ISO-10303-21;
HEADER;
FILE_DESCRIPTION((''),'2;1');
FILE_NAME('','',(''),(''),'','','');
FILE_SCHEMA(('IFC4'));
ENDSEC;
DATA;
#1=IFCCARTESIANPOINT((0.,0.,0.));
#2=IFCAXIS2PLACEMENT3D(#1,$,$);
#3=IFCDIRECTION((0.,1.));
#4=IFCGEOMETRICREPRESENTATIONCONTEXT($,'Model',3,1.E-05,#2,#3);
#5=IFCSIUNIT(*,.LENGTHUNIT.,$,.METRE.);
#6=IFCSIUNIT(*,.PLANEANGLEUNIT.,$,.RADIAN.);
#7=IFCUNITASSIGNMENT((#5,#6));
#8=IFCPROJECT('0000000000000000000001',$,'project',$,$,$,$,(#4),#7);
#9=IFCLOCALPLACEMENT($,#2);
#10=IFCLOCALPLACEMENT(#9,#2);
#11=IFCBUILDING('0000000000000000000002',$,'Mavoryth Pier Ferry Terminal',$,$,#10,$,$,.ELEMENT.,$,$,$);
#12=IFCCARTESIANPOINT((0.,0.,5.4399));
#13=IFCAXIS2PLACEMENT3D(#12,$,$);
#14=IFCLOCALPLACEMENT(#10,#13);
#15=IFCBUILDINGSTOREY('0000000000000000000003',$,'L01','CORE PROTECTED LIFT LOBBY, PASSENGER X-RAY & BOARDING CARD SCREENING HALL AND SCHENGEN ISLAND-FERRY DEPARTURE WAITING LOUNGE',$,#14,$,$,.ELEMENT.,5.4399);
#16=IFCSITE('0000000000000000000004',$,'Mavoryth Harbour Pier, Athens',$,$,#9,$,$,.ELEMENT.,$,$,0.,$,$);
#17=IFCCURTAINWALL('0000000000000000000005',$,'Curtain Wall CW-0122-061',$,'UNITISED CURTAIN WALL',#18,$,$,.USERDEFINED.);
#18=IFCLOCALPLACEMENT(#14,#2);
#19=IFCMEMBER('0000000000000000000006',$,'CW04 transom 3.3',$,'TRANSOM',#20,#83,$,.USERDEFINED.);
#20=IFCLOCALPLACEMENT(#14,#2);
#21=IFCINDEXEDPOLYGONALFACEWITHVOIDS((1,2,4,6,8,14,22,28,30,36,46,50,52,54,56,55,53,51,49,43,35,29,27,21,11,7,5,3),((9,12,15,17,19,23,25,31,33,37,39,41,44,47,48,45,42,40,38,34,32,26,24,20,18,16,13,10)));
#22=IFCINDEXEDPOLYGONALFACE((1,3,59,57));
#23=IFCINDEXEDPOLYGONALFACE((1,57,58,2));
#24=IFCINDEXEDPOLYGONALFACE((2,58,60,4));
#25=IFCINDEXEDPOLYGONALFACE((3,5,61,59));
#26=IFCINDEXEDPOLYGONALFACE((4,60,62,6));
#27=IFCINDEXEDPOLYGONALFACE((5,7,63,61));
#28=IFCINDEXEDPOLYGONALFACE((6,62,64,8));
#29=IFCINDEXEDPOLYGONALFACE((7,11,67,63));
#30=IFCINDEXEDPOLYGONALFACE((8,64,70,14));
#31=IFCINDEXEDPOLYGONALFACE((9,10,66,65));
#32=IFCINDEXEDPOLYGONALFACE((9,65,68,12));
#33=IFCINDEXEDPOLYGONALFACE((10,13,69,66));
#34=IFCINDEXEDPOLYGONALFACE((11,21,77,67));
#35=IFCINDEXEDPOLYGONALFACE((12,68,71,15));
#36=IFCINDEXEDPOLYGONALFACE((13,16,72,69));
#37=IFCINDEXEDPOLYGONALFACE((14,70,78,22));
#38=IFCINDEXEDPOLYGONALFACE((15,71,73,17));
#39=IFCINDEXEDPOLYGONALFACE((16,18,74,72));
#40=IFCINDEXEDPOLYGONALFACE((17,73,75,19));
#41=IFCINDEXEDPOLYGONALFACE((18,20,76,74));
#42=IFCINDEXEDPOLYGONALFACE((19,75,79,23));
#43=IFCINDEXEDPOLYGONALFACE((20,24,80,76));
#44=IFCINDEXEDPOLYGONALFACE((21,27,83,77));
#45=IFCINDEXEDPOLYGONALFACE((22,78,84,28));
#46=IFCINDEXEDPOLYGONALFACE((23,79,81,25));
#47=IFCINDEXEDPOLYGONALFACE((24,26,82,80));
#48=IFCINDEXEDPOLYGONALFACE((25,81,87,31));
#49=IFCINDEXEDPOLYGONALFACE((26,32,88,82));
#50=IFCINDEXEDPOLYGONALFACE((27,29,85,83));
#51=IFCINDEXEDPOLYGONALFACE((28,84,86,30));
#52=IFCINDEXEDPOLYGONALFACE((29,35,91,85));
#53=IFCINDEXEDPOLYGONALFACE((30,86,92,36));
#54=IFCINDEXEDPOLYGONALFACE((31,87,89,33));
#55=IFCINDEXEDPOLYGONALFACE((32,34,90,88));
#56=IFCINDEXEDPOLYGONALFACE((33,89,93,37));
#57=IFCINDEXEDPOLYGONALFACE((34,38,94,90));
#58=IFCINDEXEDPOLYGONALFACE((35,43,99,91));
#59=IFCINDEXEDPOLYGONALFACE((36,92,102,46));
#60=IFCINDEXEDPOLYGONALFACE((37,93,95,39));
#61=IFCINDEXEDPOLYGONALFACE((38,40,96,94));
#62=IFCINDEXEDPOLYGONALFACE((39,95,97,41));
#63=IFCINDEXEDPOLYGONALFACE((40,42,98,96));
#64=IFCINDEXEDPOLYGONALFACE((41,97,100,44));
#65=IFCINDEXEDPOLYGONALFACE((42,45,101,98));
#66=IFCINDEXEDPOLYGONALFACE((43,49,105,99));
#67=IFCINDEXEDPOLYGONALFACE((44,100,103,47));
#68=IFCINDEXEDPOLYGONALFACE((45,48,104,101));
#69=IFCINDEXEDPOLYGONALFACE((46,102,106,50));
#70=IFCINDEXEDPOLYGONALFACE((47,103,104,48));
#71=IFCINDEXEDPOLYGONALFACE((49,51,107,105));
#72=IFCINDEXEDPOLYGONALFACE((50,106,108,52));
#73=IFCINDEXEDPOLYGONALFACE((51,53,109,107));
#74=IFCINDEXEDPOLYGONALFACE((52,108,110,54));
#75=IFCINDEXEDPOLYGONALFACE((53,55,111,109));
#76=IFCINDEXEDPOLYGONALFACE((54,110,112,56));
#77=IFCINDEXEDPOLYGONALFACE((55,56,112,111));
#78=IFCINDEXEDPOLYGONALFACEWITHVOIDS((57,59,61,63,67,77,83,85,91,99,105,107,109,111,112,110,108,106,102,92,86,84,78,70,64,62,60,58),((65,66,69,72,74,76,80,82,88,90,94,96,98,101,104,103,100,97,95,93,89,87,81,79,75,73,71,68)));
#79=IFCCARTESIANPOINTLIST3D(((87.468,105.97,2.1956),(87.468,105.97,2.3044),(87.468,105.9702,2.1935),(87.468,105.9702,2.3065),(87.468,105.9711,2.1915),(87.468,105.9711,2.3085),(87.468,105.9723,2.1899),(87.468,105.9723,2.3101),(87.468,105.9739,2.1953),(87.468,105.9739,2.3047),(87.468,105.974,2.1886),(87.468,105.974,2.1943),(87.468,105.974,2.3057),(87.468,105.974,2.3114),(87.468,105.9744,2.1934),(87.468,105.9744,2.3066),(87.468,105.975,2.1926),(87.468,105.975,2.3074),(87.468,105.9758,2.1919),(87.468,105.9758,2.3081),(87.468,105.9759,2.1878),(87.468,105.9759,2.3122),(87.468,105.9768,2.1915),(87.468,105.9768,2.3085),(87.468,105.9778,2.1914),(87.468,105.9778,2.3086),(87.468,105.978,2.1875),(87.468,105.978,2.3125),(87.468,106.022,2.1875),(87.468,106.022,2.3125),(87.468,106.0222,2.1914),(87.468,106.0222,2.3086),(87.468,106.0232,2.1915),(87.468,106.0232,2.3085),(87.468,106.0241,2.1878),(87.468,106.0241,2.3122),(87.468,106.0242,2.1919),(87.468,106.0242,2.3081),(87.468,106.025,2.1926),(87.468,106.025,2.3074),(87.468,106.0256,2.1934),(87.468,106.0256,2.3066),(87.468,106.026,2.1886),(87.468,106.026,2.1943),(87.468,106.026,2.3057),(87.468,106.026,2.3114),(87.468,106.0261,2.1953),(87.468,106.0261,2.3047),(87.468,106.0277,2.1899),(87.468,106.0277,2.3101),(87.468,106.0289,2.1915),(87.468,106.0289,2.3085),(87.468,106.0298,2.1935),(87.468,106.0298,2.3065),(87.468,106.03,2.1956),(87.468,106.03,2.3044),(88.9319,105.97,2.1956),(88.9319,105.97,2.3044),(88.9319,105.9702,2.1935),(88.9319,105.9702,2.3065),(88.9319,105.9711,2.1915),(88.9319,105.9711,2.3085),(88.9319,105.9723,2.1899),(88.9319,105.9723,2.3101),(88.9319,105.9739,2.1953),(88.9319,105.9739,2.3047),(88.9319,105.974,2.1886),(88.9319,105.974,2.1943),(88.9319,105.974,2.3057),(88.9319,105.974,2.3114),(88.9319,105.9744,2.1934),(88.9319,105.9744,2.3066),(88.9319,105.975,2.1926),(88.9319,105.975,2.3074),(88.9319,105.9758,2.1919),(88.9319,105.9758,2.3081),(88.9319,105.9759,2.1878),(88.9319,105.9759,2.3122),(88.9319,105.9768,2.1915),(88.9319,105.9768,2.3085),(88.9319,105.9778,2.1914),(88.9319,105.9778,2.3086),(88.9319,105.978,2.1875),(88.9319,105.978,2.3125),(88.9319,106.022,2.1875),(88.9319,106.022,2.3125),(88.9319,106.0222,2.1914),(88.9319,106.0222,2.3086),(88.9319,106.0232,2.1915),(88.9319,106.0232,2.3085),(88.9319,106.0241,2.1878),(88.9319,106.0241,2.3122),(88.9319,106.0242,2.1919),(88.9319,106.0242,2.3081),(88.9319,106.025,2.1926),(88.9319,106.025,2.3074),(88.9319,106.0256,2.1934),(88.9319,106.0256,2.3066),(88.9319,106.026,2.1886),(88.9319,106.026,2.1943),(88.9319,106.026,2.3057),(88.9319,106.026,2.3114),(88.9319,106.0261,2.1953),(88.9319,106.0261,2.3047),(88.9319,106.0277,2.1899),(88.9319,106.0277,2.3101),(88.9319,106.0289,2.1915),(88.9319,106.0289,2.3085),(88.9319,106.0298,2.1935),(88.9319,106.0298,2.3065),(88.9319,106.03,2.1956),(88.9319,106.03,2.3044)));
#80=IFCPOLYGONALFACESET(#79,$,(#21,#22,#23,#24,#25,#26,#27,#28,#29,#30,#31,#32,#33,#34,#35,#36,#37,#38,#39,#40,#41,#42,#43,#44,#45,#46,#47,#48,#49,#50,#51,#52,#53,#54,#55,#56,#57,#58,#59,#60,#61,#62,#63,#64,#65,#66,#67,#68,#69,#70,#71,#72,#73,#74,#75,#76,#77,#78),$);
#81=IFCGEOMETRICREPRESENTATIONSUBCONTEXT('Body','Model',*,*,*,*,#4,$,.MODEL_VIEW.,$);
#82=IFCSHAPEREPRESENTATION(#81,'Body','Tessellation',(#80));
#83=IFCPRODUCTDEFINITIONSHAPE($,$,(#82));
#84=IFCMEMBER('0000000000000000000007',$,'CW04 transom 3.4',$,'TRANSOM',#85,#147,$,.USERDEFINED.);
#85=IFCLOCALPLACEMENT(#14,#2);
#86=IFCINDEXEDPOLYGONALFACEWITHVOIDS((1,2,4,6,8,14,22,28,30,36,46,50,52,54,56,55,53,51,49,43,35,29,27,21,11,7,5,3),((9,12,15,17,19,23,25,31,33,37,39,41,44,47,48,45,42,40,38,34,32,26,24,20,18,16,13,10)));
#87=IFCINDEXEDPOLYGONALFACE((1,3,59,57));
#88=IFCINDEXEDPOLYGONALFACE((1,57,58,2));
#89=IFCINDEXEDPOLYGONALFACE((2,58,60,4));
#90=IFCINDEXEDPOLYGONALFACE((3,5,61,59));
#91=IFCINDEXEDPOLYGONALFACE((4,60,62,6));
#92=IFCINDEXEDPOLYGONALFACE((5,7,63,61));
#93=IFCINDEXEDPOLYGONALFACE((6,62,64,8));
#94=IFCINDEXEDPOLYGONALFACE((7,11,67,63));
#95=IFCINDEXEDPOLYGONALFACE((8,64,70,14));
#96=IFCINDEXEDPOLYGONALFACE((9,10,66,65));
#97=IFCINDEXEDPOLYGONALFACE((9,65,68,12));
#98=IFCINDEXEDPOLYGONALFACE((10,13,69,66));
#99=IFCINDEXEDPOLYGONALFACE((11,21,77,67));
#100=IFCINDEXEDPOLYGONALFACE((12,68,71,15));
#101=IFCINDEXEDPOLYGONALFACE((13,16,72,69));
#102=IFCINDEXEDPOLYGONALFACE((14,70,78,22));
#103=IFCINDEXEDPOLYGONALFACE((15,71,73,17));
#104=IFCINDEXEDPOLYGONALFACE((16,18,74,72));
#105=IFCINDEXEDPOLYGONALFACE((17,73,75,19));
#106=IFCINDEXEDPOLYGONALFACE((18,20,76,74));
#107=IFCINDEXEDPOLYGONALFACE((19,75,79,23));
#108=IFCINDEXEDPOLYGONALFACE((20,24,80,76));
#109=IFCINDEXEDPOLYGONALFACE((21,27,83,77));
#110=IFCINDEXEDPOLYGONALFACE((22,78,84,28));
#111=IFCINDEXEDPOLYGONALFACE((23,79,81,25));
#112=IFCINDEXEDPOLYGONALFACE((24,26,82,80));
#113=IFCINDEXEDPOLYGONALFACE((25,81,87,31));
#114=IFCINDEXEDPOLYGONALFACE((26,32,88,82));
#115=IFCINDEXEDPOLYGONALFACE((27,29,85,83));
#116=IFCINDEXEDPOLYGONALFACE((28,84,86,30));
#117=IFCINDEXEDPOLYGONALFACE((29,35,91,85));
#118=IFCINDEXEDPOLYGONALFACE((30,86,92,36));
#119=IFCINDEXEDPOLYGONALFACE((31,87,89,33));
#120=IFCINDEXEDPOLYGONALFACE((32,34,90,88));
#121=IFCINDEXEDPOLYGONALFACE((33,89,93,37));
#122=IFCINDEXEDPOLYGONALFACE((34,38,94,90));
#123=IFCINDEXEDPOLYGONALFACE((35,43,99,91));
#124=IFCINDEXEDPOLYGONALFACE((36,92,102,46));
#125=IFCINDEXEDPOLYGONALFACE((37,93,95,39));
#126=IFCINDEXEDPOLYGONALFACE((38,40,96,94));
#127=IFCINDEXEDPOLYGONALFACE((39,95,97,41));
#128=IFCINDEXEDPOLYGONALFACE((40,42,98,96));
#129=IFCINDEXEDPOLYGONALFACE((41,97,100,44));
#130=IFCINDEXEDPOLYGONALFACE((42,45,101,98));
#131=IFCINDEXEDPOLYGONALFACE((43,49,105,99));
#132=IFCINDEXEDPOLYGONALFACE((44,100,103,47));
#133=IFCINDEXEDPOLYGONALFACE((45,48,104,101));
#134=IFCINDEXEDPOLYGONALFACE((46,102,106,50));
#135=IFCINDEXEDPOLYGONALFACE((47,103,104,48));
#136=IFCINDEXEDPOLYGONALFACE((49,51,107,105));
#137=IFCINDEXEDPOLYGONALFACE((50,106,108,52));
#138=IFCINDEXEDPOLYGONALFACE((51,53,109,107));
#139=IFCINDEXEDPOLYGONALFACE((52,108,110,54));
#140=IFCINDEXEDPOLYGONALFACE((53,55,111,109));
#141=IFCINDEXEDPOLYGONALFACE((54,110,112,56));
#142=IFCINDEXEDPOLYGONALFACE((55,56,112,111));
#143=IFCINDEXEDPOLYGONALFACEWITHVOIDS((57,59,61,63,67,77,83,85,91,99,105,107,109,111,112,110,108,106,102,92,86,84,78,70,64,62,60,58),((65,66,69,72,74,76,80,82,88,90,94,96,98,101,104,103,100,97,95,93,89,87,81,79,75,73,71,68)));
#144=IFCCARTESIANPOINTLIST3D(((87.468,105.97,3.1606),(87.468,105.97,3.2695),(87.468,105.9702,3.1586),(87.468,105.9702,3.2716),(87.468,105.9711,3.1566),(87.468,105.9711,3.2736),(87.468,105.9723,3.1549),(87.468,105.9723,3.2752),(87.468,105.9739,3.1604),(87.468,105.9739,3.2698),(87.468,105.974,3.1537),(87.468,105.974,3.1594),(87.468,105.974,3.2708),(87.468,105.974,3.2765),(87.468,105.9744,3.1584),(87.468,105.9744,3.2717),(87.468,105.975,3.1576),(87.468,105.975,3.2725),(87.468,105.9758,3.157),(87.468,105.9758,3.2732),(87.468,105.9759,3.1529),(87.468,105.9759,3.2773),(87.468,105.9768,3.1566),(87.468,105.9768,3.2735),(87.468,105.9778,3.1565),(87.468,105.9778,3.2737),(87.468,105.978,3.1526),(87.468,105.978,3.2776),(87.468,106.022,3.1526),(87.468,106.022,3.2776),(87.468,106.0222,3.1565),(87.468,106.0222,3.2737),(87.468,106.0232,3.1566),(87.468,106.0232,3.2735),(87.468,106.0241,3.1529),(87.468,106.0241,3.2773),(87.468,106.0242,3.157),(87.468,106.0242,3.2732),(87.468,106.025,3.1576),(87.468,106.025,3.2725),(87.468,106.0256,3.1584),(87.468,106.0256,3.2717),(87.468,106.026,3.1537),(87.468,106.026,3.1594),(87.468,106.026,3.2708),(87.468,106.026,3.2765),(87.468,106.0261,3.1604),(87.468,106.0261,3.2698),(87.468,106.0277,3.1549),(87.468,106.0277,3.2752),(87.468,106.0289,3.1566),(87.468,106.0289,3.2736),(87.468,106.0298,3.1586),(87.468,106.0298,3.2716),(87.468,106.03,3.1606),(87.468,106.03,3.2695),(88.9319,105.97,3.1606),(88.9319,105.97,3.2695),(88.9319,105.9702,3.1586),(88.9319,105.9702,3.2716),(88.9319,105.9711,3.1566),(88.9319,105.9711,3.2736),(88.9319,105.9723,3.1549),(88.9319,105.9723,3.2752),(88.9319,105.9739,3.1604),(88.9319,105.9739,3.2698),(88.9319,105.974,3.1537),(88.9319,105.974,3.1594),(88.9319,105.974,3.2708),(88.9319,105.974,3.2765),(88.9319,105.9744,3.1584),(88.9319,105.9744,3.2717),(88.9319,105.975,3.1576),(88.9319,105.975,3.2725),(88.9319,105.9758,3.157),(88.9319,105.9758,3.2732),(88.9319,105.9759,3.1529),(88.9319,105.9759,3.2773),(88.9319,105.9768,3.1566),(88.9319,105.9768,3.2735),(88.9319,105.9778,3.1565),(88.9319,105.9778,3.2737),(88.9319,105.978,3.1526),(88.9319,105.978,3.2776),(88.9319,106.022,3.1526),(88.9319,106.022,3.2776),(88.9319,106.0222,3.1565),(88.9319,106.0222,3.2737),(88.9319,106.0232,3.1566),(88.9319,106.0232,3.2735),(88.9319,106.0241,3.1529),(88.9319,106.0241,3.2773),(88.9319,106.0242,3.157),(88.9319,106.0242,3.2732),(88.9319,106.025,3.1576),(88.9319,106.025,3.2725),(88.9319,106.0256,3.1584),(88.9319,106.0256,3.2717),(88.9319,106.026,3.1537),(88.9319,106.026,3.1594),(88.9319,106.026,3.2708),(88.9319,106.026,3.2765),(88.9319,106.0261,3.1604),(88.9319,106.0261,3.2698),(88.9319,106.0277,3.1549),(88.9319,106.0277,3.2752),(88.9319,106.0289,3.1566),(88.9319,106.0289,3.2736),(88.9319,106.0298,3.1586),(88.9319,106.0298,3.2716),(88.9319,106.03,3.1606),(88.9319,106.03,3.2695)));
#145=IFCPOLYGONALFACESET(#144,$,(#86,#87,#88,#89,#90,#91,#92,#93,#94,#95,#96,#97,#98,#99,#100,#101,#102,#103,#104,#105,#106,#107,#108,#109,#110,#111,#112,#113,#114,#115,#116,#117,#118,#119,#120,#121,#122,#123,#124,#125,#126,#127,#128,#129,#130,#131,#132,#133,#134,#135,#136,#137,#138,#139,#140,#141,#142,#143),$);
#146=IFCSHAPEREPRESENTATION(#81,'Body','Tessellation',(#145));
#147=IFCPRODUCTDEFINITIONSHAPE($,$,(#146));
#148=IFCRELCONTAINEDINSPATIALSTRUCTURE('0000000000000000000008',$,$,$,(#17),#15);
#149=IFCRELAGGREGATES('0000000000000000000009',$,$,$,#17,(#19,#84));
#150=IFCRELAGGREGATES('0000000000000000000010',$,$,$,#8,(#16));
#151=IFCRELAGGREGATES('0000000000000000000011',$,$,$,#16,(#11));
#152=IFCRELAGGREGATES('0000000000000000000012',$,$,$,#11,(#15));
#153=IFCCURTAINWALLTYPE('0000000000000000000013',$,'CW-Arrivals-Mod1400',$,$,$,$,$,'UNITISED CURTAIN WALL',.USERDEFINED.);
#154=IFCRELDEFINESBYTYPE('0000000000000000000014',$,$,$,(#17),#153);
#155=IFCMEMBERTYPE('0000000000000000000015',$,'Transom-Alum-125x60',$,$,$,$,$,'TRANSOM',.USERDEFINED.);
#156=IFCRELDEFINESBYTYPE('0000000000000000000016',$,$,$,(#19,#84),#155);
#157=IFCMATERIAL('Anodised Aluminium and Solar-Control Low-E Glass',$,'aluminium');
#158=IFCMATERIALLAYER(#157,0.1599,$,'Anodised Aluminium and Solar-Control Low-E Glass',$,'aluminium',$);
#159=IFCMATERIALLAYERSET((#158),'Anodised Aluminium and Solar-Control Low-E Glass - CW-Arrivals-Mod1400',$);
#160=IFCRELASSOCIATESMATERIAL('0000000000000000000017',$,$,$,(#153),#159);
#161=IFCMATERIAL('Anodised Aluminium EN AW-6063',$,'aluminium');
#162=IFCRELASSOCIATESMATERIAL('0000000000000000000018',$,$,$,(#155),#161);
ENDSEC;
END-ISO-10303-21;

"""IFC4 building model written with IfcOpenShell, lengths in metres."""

from ifc_helpers import new_model, si_unit, direction, frame, origin, origin_2d, place, context, subcontext, project, spatial, hollow_rectangle, extrude, material, layer, layer_set, material_profile, profile_set, type_object, element, aggregate, save


model = new_model("IFC4")

# Units and contexts
model_context = context("Model", 3, precision=1e-05, world=origin(), true_north=direction((0.0, 1.0)))
body_context = subcontext(model_context, "Body", "Model", "MODEL_VIEW")
ifc_project = project(units=[si_unit("LENGTHUNIT", "METRE"), si_unit("PLANEANGLEUNIT", "RADIAN")], contexts=[model_context])

# Site, building, storey
site_placement = place(None, origin())
site = spatial("IfcSite", under=ifc_project, at=site_placement, Name="Mavoryth Harbour Pier, Athens", CompositionType="ELEMENT", RefElevation=0.0)
building_placement = place(site_placement, origin())
building = spatial("IfcBuilding", under=site, at=building_placement, Name="Mavoryth Pier Ferry Terminal", CompositionType="ELEMENT")
storey_placement = place(building_placement, frame((0.0, 0.0, 5.4399)))
storey = spatial("IfcBuildingStorey", under=building, at=storey_placement, Name="L01", Description="CORE PROTECTED LIFT LOBBY, PASSENGER X-RAY & BOARDING CARD SCREENING HALL AND SCHENGEN ISLAND-FERRY DEPARTURE WAITING LOUNGE", CompositionType="ELEMENT", Elevation=5.4399)

# Curtain wall, members
ifc_material_1 = material(Name="Anodised Aluminium and Solar-Control Low-E Glass", Category="aluminium")
ifc_layer_1 = layer(ifc_material_1, 0.1599, Name="Anodised Aluminium and Solar-Control Low-E Glass", Category="aluminium")
ifc_layer_set_1 = layer_set([ifc_layer_1], Name="Anodised Aluminium and Solar-Control Low-E Glass - CW-Arrivals-Mod1400")
curtain_wall_type = type_object("IfcCurtainWallType", Name="CW-Arrivals-Mod1400", ElementType="UNITISED CURTAIN WALL", PredefinedType="USERDEFINED", material=ifc_layer_set_1)
curtain_wall_placement = place(storey_placement, origin())
curtain_wall = element("IfcCurtainWall", 1, at=curtain_wall_placement, inside=storey, type_object=curtain_wall_type, Name="Curtain Wall CW-0122-061", ObjectType="UNITISED CURTAIN WALL", PredefinedType="USERDEFINED")
ifc_material_2 = material(Name="Anodised Aluminium EN AW-6063", Category="aluminium")
ifc_material_profile_1 = material_profile(ifc_material_2, hollow_rectangle(XDim=0.0601, YDim=0.125, WallThickness=0.0039, InnerFilletRadius=0.0039, OuterFilletRadius=0.0081, at=origin_2d()), Name="AL-TRAN 125x60x4", Category="aluminium")
ifc_profile_set_1 = profile_set([ifc_material_profile_1], Name="Anodised Aluminium EN AW-6063 - AL-TRAN 125x60x4")
member_type_1 = type_object("IfcMemberType", Name="Transom-Alum-125x60", ElementType="TRANSOM", PredefinedType="USERDEFINED", material=ifc_profile_set_1)
member_1_placement = place(storey_placement, frame((88.9319, 106.0, 2.25), z_axis=(-1.0, 0.0, 0.0), x_axis=(0.0, -1.0, 0.0)))
member_1 = element("IfcMember", 2, at=member_1_placement, type_object=member_type_1, Name="CW04 transom 3.3", ObjectType="TRANSOM", PredefinedType="USERDEFINED", context=body_context, shape_type="SweptSolid", body=[
    extrude(hollow_rectangle(XDim=0.0601, YDim=0.125, WallThickness=0.0039, InnerFilletRadius=0.0039, OuterFilletRadius=0.0081, at=origin_2d()), origin(), (0.0, 0.0, 1.0), 1.4639),
])
member_2_placement = place(storey_placement, frame((88.9319, 106.0, 3.2151), z_axis=(-1.0, 0.0, 0.0), x_axis=(0.0, -1.0, 0.0)))
member_2 = element("IfcMember", 3, at=member_2_placement, type_object=member_type_1, Name="CW04 transom 3.4", ObjectType="TRANSOM", PredefinedType="USERDEFINED", context=body_context, shape_type="SweptSolid", body=[
    extrude(hollow_rectangle(XDim=0.0601, YDim=0.125, WallThickness=0.0039, InnerFilletRadius=0.0039, OuterFilletRadius=0.0081, at=origin_2d()), origin(), (0.0, 0.0, 1.0), 1.4639),
])
aggregate(curtain_wall, [member_1, member_2])

save(model, "model.ifc")
